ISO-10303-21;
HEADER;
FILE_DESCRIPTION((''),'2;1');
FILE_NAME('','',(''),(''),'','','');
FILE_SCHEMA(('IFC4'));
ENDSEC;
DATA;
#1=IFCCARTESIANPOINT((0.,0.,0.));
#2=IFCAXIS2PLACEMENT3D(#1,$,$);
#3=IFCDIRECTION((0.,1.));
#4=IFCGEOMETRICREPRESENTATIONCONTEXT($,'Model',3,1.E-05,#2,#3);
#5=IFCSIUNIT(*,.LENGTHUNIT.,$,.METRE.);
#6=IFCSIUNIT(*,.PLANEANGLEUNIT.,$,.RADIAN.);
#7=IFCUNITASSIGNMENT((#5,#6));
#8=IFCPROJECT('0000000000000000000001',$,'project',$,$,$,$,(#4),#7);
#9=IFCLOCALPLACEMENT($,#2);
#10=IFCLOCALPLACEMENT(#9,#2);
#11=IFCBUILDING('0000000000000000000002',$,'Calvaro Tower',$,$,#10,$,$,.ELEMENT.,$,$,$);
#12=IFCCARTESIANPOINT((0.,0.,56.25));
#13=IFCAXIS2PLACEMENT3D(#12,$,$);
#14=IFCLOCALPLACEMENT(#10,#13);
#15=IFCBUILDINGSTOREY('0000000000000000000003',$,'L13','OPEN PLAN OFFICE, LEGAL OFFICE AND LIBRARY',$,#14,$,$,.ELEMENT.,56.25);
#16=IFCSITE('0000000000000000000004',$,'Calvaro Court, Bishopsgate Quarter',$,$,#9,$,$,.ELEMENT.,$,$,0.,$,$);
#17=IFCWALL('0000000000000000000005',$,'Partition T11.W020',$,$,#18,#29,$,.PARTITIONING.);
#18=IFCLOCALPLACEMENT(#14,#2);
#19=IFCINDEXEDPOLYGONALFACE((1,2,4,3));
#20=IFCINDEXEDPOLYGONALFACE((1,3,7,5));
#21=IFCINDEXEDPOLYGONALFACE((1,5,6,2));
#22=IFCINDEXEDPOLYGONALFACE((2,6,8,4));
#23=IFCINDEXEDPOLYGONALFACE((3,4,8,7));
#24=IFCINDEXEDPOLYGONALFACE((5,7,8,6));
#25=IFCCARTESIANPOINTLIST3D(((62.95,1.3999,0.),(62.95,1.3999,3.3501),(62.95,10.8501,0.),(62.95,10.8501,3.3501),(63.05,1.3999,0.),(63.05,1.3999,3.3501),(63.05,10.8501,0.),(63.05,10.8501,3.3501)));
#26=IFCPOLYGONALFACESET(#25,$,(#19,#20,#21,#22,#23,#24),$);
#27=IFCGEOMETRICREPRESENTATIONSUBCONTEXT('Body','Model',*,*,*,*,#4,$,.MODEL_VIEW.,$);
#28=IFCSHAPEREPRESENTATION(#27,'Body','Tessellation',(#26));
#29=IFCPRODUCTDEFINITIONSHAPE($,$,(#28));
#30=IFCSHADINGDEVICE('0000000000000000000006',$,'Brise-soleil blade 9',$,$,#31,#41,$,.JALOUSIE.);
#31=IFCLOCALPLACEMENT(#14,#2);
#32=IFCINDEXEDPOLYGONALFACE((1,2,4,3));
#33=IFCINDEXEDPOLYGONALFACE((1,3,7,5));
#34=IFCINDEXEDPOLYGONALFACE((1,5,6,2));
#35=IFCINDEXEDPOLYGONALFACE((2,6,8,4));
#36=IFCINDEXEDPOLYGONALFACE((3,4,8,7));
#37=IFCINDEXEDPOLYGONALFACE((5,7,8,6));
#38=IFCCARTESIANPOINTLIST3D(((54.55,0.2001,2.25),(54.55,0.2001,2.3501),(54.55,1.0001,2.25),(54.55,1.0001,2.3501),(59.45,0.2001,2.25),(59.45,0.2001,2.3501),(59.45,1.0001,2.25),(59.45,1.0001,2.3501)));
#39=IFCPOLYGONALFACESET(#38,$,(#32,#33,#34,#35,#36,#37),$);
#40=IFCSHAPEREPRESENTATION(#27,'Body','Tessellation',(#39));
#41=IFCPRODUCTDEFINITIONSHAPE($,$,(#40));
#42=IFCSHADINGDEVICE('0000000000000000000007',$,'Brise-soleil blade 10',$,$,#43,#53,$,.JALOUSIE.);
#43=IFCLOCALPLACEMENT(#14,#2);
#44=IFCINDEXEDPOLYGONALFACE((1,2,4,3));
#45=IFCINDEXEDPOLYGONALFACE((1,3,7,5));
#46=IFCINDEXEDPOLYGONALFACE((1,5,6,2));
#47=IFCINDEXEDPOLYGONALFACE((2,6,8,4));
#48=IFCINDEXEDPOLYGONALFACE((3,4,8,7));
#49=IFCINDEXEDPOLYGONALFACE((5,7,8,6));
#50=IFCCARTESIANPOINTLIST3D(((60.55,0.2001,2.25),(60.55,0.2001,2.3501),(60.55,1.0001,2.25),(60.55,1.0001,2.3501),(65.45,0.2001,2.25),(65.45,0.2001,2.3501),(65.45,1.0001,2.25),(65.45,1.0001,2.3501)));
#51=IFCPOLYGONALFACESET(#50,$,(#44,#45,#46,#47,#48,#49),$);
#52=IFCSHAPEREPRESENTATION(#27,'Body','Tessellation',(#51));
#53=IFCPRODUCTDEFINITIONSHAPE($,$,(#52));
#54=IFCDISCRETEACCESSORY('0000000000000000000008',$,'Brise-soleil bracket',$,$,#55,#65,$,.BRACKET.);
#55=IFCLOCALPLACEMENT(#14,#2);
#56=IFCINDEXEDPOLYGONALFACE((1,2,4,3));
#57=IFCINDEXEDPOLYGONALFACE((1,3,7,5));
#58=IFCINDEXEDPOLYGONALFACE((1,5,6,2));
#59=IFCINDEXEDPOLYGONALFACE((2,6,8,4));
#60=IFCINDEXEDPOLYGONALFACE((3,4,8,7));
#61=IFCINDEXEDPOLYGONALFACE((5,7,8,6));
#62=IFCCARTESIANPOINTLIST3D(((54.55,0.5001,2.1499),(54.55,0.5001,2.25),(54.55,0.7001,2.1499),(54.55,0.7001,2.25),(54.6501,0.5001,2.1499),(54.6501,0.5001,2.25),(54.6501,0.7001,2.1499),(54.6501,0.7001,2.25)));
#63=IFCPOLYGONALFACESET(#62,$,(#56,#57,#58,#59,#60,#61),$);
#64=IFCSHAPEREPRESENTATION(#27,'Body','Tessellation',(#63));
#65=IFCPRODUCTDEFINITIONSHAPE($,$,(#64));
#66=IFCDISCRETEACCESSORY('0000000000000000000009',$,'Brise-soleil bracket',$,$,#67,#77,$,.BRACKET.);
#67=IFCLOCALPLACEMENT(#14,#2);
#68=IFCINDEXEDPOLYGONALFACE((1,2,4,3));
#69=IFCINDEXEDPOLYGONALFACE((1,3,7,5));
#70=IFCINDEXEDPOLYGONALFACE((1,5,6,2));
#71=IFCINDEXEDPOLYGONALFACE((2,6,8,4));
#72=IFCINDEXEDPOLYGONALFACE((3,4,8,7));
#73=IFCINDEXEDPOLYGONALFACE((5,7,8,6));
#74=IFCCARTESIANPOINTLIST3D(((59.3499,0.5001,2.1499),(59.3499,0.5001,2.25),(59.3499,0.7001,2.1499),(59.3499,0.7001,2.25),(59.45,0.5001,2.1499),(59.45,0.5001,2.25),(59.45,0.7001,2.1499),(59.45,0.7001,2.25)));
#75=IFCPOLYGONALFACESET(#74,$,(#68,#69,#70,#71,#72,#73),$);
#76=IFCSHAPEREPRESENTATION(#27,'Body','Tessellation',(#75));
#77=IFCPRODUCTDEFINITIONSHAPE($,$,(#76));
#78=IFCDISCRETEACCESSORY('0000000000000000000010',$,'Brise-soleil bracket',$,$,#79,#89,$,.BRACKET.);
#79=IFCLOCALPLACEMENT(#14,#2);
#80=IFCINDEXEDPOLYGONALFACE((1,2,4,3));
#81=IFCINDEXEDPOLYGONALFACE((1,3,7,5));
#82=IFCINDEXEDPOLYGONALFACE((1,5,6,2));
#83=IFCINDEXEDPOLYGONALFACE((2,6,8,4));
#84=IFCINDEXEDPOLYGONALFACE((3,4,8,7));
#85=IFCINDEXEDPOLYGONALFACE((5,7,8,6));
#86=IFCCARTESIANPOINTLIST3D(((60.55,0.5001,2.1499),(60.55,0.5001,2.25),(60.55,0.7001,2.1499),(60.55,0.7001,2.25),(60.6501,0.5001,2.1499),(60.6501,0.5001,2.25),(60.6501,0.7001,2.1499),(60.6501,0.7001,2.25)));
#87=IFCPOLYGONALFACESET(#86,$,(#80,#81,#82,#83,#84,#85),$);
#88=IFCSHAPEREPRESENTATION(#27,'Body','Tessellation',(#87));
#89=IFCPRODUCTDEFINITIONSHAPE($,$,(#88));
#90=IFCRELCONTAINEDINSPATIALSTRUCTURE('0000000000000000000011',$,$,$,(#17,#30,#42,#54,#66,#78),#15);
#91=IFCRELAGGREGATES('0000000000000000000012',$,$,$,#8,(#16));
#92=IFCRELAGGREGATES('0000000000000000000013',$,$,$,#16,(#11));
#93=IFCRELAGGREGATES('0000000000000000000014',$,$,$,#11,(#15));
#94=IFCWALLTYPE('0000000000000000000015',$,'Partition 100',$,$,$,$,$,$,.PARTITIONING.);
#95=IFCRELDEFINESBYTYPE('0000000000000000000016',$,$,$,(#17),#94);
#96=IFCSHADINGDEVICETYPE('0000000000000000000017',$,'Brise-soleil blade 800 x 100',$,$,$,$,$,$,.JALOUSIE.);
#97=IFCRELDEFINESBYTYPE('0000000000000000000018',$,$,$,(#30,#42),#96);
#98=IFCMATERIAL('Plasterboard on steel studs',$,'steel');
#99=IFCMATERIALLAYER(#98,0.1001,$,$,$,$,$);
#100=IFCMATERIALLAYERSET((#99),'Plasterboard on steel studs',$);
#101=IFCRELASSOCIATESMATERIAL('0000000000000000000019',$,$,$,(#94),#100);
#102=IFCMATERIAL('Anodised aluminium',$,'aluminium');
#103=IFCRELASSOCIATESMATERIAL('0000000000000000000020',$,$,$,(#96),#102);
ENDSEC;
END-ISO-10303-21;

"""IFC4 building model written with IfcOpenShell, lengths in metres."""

from ifc_helpers import new_model, si_unit, direction, frame, frame_2d, origin, origin_2d, place, context, subcontext, project, spatial, rectangle, extrude, material, layer, layer_set, material_profile, profile_set, type_object, element, save


model = new_model("IFC4")

# Units and contexts
model_context = context("Model", 3, precision=1e-05, world=origin(), true_north=direction((0.0, 1.0)))
body_context = subcontext(model_context, "Body", "Model", "MODEL_VIEW")
ifc_project = project(units=[si_unit("LENGTHUNIT", "METRE"), si_unit("PLANEANGLEUNIT", "RADIAN")], contexts=[model_context])

# Site, building, storey
site_placement = place(None, origin())
site = spatial("IfcSite", under=ifc_project, at=site_placement, Name="Calvaro Court, Bishopsgate Quarter", CompositionType="ELEMENT", RefElevation=0.0)
building_placement = place(site_placement, origin())
building = spatial("IfcBuilding", under=site, at=building_placement, Name="Calvaro Tower", CompositionType="ELEMENT")
storey_placement = place(building_placement, frame((0.0, 0.0, 56.25)))
storey = spatial("IfcBuildingStorey", under=building, at=storey_placement, Name="L13", Description="OPEN PLAN OFFICE, LEGAL OFFICE AND LIBRARY", CompositionType="ELEMENT", Elevation=56.25)

# Wall
ifc_material_1 = material(Name="Plasterboard on steel studs", Category="steel")
ifc_layer_1 = layer(ifc_material_1, 0.1001)
ifc_layer_set_1 = layer_set([ifc_layer_1], Name="Plasterboard on steel studs")
wall_type = type_object("IfcWallType", Name="Partition 100", PredefinedType="PARTITIONING", material=ifc_layer_set_1)
wall_placement = place(storey_placement, frame((63.0, 1.3999, 0.0), z_axis=(0.0, 0.0, 1.0), x_axis=(0.0, 1.0, 0.0)))
element("IfcWall", 1, at=wall_placement, inside=storey, type_object=wall_type, Name="Partition T11.W020", PredefinedType="PARTITIONING", context=body_context, shape_type="SweptSolid", body=[
    extrude(rectangle(XDim=9.4502, YDim=0.1001, at=frame_2d((4.7251, 0.0))), origin(), (0.0, 0.0, 1.0), 3.3501),
])

# Shading devices
ifc_material_2 = material(Name="Anodised aluminium", Category="aluminium")
ifc_material_profile_1 = material_profile(ifc_material_2, rectangle(XDim=0.8, YDim=0.1001, at=origin_2d()), Name="Brise-soleil blade 800 x 100")
ifc_profile_set_1 = profile_set([ifc_material_profile_1], Name="Anodised aluminium")
shading_device_type = type_object("IfcShadingDeviceType", Name="Brise-soleil blade 800 x 100", PredefinedType="JALOUSIE", material=ifc_profile_set_1)
for number, where, z_axis, x_axis, name in (
    (2, (54.55, 0.6001, 2.3), (1.0, 0.0, 0.0), (0.0, 1.0, 0.0), "Brise-soleil blade 9"),
    (3, (60.55, 0.6001, 2.3), (1.0, 0.0, 0.0), (0.0, 1.0, 0.0), "Brise-soleil blade 10"),
):
    element("IfcShadingDevice", number, at=place(storey_placement, frame(where, z_axis=z_axis, x_axis=x_axis)), inside=storey, type_object=shading_device_type, Name=name, PredefinedType="JALOUSIE", context=body_context, shape_type="SweptSolid", body=[
        extrude(rectangle(XDim=0.8, YDim=0.1001, at=origin_2d()), origin(), (0.0, 0.0, 1.0), 4.8999),
    ])

# Discrete accessories
for number, where, z_axis, x_axis, name in (
    (4, (54.6001, 0.6001, 2.1499), (0.0, 0.0, 1.0), (1.0, 0.0, 0.0), "Brise-soleil bracket"),
    (5, (59.3999, 0.6001, 2.1499), (0.0, 0.0, 1.0), (1.0, 0.0, 0.0), "Brise-soleil bracket"),
    (6, (60.6001, 0.6001, 2.1499), (0.0, 0.0, 1.0), (1.0, 0.0, 0.0), "Brise-soleil bracket"),
):
    element("IfcDiscreteAccessory", number, at=place(storey_placement, frame(where, z_axis=z_axis, x_axis=x_axis)), inside=storey, Name=name, PredefinedType="BRACKET", context=body_context, shape_type="SweptSolid", body=[
        extrude(rectangle(XDim=0.1001, YDim=0.2, at=origin_2d()), origin(), (0.0, 0.0, 1.0), 0.1001),
    ])

save(model, "model.ifc")
